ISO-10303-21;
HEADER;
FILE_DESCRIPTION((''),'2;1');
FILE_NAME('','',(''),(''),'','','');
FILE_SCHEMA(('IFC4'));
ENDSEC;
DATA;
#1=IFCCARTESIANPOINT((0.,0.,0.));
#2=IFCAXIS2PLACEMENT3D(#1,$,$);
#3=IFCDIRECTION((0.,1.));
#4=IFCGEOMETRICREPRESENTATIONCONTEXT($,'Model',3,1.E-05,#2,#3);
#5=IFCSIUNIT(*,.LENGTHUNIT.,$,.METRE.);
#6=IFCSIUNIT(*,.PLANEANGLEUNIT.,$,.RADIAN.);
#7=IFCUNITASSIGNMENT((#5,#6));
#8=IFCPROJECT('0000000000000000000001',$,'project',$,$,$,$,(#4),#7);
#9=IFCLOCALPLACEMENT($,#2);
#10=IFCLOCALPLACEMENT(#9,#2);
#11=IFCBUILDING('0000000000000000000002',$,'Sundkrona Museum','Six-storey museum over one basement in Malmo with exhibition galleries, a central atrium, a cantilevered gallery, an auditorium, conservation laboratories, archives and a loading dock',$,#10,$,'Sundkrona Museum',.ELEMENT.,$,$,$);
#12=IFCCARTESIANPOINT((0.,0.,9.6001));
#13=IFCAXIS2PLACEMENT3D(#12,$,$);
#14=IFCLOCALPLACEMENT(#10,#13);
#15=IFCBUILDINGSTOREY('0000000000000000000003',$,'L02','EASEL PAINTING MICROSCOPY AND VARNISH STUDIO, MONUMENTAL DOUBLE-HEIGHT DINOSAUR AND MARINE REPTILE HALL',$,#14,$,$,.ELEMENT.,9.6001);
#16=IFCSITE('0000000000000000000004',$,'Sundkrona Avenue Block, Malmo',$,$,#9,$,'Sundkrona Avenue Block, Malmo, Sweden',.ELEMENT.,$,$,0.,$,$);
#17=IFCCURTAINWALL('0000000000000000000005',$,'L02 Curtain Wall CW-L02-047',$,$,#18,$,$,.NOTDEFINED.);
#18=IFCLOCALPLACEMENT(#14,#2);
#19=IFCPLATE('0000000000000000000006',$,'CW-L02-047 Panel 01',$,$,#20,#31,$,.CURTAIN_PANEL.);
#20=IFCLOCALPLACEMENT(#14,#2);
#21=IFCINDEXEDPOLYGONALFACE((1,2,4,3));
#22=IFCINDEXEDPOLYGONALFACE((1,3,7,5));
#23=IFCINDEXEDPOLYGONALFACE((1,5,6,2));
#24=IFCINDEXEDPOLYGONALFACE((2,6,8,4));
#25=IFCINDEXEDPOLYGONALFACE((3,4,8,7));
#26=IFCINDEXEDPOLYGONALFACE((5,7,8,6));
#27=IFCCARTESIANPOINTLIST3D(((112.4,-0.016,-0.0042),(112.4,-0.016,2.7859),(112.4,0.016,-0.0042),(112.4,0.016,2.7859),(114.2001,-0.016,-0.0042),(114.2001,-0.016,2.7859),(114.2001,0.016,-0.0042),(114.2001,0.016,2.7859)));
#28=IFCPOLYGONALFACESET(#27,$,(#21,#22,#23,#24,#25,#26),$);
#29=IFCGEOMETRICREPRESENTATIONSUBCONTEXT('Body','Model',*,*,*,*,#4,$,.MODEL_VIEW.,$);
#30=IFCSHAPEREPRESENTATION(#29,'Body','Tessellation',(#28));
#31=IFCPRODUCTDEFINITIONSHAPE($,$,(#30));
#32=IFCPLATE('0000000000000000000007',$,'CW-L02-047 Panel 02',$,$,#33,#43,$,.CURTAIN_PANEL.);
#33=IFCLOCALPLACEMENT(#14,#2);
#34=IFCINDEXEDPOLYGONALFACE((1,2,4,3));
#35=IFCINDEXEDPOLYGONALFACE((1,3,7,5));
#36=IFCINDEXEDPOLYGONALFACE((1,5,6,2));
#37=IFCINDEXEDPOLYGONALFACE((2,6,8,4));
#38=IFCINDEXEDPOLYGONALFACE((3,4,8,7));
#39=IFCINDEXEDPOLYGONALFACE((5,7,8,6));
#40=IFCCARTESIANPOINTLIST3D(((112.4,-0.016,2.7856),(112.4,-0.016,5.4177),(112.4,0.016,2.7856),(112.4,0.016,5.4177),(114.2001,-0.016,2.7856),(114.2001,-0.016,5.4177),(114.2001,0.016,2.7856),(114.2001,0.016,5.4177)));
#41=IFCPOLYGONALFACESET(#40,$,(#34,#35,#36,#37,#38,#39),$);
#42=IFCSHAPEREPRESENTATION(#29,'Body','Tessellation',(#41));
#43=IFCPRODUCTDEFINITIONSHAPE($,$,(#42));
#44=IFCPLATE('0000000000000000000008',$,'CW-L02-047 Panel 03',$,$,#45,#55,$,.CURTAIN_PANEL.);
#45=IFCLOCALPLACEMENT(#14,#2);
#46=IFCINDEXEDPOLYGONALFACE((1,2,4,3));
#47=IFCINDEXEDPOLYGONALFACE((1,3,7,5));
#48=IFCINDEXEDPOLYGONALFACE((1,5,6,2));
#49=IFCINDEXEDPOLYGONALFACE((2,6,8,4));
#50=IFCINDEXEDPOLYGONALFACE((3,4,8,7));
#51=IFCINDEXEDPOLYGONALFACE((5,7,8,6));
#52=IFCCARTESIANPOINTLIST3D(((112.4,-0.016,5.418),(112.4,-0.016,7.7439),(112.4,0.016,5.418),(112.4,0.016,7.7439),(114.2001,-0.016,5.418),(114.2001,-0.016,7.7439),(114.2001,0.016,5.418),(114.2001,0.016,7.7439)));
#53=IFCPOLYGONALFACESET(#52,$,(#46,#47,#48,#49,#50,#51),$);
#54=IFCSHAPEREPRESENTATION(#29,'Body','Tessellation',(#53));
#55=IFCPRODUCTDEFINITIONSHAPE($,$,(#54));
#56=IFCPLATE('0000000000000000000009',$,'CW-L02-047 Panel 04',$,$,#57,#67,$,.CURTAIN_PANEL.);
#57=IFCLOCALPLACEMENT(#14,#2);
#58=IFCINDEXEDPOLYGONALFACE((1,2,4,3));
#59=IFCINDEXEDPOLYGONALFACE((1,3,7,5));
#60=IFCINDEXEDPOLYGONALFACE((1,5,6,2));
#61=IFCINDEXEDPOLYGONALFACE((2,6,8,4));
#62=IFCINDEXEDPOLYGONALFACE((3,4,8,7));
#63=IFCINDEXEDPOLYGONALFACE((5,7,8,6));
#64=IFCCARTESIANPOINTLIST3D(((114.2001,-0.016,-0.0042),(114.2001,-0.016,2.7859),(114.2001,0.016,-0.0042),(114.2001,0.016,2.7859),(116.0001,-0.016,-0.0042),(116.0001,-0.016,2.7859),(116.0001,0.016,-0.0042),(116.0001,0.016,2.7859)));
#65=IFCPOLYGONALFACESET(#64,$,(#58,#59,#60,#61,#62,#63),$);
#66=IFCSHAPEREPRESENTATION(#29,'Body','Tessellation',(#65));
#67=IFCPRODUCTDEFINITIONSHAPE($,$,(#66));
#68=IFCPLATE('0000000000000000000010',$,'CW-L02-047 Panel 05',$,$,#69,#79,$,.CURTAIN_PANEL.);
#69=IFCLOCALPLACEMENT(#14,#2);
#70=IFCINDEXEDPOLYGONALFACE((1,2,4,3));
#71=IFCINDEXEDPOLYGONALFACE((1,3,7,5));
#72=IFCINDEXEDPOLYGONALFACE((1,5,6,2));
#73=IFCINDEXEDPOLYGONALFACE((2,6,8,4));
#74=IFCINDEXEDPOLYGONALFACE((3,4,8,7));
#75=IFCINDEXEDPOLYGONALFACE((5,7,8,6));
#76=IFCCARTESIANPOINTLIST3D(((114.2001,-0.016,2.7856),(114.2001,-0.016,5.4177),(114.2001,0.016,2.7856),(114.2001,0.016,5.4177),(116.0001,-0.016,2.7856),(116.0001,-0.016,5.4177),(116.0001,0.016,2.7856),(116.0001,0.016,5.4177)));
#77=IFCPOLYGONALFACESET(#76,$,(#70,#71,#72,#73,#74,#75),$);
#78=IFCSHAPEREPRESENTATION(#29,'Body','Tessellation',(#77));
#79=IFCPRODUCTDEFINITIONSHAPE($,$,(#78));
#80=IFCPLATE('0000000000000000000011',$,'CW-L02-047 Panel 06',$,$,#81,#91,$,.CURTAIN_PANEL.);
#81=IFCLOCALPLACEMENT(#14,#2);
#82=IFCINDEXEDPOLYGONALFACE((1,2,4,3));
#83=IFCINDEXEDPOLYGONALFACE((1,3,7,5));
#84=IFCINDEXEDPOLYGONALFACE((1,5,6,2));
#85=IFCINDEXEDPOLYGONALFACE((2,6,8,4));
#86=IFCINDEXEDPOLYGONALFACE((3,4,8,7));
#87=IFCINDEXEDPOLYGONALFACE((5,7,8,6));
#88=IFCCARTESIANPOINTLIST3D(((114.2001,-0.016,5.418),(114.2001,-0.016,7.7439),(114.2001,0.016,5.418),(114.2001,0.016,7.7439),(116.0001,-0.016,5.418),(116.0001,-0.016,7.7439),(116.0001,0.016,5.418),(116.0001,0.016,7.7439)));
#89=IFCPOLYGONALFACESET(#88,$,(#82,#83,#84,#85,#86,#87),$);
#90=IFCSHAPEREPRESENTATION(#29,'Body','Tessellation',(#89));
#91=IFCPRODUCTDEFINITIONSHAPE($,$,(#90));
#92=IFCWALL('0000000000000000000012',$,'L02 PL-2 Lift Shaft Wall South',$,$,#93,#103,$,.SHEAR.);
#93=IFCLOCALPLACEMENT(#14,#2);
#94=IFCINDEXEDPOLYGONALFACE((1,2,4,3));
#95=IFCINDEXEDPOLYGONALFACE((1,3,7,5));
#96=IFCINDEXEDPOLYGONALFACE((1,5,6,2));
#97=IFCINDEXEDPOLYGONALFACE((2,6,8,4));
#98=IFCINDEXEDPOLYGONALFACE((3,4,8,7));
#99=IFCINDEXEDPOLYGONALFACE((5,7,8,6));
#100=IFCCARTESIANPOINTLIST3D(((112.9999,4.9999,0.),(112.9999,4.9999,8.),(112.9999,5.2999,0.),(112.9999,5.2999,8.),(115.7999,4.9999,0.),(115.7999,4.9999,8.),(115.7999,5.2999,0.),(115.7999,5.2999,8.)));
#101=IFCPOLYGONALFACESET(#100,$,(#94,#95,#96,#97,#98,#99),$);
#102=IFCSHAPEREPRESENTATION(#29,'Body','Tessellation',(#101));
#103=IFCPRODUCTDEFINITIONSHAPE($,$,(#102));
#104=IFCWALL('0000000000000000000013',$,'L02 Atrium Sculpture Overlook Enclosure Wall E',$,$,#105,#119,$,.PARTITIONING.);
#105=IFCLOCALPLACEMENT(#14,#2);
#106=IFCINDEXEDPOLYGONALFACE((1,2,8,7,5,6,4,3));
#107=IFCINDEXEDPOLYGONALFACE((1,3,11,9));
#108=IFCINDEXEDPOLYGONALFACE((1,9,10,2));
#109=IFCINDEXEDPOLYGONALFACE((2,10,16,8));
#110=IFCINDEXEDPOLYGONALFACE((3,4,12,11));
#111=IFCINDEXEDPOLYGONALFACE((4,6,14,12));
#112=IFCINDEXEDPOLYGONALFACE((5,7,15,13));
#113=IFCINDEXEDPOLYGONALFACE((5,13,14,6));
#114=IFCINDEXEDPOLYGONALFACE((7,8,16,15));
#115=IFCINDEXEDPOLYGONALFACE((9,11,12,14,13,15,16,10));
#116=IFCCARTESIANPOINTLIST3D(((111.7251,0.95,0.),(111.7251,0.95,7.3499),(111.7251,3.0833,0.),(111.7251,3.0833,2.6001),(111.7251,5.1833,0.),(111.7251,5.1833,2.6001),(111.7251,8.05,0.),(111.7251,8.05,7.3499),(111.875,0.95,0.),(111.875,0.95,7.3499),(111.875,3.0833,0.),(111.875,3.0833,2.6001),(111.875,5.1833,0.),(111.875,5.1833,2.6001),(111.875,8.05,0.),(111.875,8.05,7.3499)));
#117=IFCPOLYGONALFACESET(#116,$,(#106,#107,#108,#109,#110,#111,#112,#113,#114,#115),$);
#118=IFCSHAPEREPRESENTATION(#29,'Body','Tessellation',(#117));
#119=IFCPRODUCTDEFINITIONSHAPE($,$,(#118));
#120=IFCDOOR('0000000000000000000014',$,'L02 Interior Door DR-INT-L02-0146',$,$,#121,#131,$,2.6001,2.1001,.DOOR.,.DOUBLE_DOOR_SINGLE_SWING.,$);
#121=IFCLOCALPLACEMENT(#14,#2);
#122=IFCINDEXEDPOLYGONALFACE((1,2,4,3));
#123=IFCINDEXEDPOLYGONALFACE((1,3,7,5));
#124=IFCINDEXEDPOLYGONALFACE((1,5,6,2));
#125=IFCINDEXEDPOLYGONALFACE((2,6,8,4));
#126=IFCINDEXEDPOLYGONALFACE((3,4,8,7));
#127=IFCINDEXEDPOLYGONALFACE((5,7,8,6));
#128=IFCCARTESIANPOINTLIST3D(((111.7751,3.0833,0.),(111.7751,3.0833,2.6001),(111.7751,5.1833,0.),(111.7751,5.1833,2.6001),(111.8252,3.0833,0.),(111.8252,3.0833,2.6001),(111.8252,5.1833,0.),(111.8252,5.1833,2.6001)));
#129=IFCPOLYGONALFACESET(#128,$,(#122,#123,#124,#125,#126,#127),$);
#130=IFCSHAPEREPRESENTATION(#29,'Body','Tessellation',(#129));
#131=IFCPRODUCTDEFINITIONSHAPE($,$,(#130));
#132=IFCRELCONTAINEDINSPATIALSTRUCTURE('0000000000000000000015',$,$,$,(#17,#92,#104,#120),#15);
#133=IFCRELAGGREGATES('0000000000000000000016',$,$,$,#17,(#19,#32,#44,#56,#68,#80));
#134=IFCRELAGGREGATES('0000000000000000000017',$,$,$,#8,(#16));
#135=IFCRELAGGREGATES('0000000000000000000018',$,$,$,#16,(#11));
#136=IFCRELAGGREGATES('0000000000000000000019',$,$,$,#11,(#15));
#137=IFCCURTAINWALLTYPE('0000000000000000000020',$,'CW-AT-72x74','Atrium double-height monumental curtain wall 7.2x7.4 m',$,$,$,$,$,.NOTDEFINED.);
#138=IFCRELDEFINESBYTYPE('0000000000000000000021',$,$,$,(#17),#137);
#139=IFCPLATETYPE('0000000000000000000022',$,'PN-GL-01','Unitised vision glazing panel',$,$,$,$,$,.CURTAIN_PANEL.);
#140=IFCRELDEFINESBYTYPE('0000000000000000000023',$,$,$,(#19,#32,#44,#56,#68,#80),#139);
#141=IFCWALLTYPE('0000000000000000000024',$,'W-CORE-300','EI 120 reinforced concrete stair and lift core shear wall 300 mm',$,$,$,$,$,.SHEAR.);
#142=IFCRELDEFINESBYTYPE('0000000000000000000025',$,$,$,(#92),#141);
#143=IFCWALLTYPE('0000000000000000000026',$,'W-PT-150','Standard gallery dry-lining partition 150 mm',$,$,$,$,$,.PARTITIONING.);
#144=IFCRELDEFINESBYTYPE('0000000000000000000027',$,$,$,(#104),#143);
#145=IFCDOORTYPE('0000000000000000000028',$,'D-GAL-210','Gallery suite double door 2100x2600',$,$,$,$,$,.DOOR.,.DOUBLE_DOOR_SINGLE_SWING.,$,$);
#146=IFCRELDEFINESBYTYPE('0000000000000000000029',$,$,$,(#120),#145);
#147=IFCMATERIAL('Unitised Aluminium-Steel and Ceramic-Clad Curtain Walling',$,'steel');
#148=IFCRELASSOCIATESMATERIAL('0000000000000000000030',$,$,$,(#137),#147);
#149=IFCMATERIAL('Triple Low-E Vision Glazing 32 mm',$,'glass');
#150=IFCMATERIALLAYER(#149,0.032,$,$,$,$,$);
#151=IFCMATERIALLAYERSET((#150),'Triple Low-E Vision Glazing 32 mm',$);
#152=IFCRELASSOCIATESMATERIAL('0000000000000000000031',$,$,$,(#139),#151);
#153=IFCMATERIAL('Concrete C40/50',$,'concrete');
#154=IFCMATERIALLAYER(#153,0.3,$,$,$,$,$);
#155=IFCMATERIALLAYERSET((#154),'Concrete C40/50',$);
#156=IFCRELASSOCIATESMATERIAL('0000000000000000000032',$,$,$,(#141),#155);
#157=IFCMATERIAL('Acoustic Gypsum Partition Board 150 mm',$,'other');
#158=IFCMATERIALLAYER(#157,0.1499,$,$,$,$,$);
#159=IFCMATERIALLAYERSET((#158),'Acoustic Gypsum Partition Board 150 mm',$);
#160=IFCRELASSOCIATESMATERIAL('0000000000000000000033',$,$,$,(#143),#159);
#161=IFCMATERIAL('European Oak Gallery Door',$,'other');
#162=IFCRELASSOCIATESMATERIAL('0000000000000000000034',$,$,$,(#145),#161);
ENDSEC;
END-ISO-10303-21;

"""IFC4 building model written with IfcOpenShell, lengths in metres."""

from ifc_helpers import new_model, si_unit, direction, frame, frame_2d, origin, origin_2d, place, context, subcontext, project, spatial, rectangle, extrude, material, layer, layer_set, type_object, element, fill, aggregate, save


model = new_model("IFC4")

# Units and contexts
model_context = context("Model", 3, precision=1e-05, world=origin(), true_north=direction((0.0, 1.0)))
body_context = subcontext(model_context, "Body", "Model", "MODEL_VIEW")
ifc_project = project(units=[si_unit("LENGTHUNIT", "METRE"), si_unit("PLANEANGLEUNIT", "RADIAN")], contexts=[model_context])

# Site, building, storey
site_placement = place(None, origin())
site = spatial("IfcSite", under=ifc_project, at=site_placement, Name="Sundkrona Avenue Block, Malmo", LongName="Sundkrona Avenue Block, Malmo, Sweden", CompositionType="ELEMENT", RefElevation=0.0)
building_placement = place(site_placement, origin())
building = spatial("IfcBuilding", under=site, at=building_placement, Name="Sundkrona Museum", Description="Six-storey museum over one basement in Malmo with exhibition galleries, a central atrium, a cantilevered gallery, an auditorium, conservation laboratories, archives and a loading dock", LongName="Sundkrona Museum", CompositionType="ELEMENT")
storey_placement = place(building_placement, frame((0.0, 0.0, 9.6001)))
storey = spatial("IfcBuildingStorey", under=building, at=storey_placement, Name="L02", Description="EASEL PAINTING MICROSCOPY AND VARNISH STUDIO, MONUMENTAL DOUBLE-HEIGHT DINOSAUR AND MARINE REPTILE HALL", CompositionType="ELEMENT", Elevation=9.6001)

# Shared definitions
ifc_material_1 = material(Name="Unitised Aluminium-Steel and Ceramic-Clad Curtain Walling", Category="steel")
curtain_wall_type = type_object("IfcCurtainWallType", Name="CW-AT-72x74", Description="Atrium double-height monumental curtain wall 7.2x7.4 m", PredefinedType="NOTDEFINED", material=ifc_material_1)

# Curtain wall
curtain_wall_1_placement = place(storey_placement, origin())
curtain_wall_1 = element("IfcCurtainWall", 1, at=curtain_wall_1_placement, inside=storey, type_object=curtain_wall_type, Name="L02 Curtain Wall CW-L02-047", PredefinedType="NOTDEFINED")

# Plates
ifc_material_2 = material(Name="Triple Low-E Vision Glazing 32 mm", Category="glass")
ifc_layer_1 = layer(ifc_material_2, 0.032)
ifc_layer_set_1 = layer_set([ifc_layer_1], Name="Triple Low-E Vision Glazing 32 mm")
plate_type = type_object("IfcPlateType", Name="PN-GL-01", Description="Unitised vision glazing panel", PredefinedType="CURTAIN_PANEL", material=ifc_layer_set_1)
plate_1_placement = place(storey_placement, frame((113.3, 0.0, -0.0042), z_axis=(0.0, 0.0, 1.0), x_axis=(1.0, 0.0, 0.0)))
plate_1 = element("IfcPlate", 2, at=plate_1_placement, type_object=plate_type, Name="CW-L02-047 Panel 01", PredefinedType="CURTAIN_PANEL", context=body_context, shape_type="SweptSolid", body=[
    extrude(rectangle(XDim=1.8, YDim=0.032, at=origin_2d()), origin(), (0.0, 0.0, 1.0), 2.79),
])
plate_2_placement = place(storey_placement, frame((113.3, 0.0, 2.7856), z_axis=(0.0, 0.0, 1.0), x_axis=(1.0, 0.0, 0.0)))
plate_2 = element("IfcPlate", 3, at=plate_2_placement, type_object=plate_type, Name="CW-L02-047 Panel 02", PredefinedType="CURTAIN_PANEL", context=body_context, shape_type="SweptSolid", body=[
    extrude(rectangle(XDim=1.8, YDim=0.032, at=origin_2d()), origin(), (0.0, 0.0, 1.0), 2.6321),
])
plate_3_placement = place(storey_placement, frame((113.3, 0.0, 5.418), z_axis=(0.0, 0.0, 1.0), x_axis=(1.0, 0.0, 0.0)))
plate_3 = element("IfcPlate", 4, at=plate_3_placement, type_object=plate_type, Name="CW-L02-047 Panel 03", PredefinedType="CURTAIN_PANEL", context=body_context, shape_type="SweptSolid", body=[
    extrude(rectangle(XDim=1.8, YDim=0.032, at=origin_2d()), origin(), (0.0, 0.0, 1.0), 2.3259),
])
plate_4_placement = place(storey_placement, frame((115.1001, 0.0, -0.0042), z_axis=(0.0, 0.0, 1.0), x_axis=(1.0, 0.0, 0.0)))
plate_4 = element("IfcPlate", 5, at=plate_4_placement, type_object=plate_type, Name="CW-L02-047 Panel 04", PredefinedType="CURTAIN_PANEL", context=body_context, shape_type="SweptSolid", body=[
    extrude(rectangle(XDim=1.8, YDim=0.032, at=origin_2d()), origin(), (0.0, 0.0, 1.0), 2.79),
])
plate_5_placement = place(storey_placement, frame((115.1001, 0.0, 2.7856), z_axis=(0.0, 0.0, 1.0), x_axis=(1.0, 0.0, 0.0)))
plate_5 = element("IfcPlate", 6, at=plate_5_placement, type_object=plate_type, Name="CW-L02-047 Panel 05", PredefinedType="CURTAIN_PANEL", context=body_context, shape_type="SweptSolid", body=[
    extrude(rectangle(XDim=1.8, YDim=0.032, at=origin_2d()), origin(), (0.0, 0.0, 1.0), 2.6321),
])
plate_6_placement = place(storey_placement, frame((115.1001, 0.0, 5.418), z_axis=(0.0, 0.0, 1.0), x_axis=(1.0, 0.0, 0.0)))
plate_6 = element("IfcPlate", 7, at=plate_6_placement, type_object=plate_type, Name="CW-L02-047 Panel 06", PredefinedType="CURTAIN_PANEL", context=body_context, shape_type="SweptSolid", body=[
    extrude(rectangle(XDim=1.8, YDim=0.032, at=origin_2d()), origin(), (0.0, 0.0, 1.0), 2.3259),
])
aggregate(curtain_wall_1, [plate_1, plate_2, plate_3, plate_4, plate_5, plate_6])

# Wall
ifc_material_3 = material(Name="Concrete C40/50", Category="concrete")
ifc_layer_2 = layer(ifc_material_3, 0.3)
ifc_layer_set_2 = layer_set([ifc_layer_2], Name="Concrete C40/50")
wall_type_1 = type_object("IfcWallType", Name="W-CORE-300", Description="EI 120 reinforced concrete stair and lift core shear wall 300 mm", PredefinedType="SHEAR", material=ifc_layer_set_2)
wall_1_placement = place(storey_placement, frame((113.0, 5.1499, 0.0), z_axis=(0.0, 0.0, 1.0), x_axis=(1.0, 0.0, 0.0)))
element("IfcWall", 8, at=wall_1_placement, inside=storey, type_object=wall_type_1, Name="L02 PL-2 Lift Shaft Wall South", PredefinedType="SHEAR", context=body_context, shape_type="SweptSolid", body=[
    extrude(rectangle(XDim=2.8, YDim=0.3, at=frame_2d((1.3999, 0.0))), origin(), (0.0, 0.0, 1.0), 8.0),
])

# Wall, opening, door
ifc_material_4 = material(Name="Acoustic Gypsum Partition Board 150 mm", Category="other")
ifc_layer_3 = layer(ifc_material_4, 0.1499)
ifc_layer_set_3 = layer_set([ifc_layer_3], Name="Acoustic Gypsum Partition Board 150 mm")
wall_type_2 = type_object("IfcWallType", Name="W-PT-150", Description="Standard gallery dry-lining partition 150 mm", PredefinedType="PARTITIONING", material=ifc_layer_set_3)
wall_2_placement = place(storey_placement, frame((111.8, 0.95, 0.0), z_axis=(0.0, 0.0, 1.0), x_axis=(0.0, 1.0, 0.0)))
wall_2 = element("IfcWall", 9, at=wall_2_placement, inside=storey, type_object=wall_type_2, Name="L02 Atrium Sculpture Overlook Enclosure Wall E", PredefinedType="PARTITIONING", context=body_context, shape_type="SweptSolid", body=[
    extrude(rectangle(XDim=7.1001, YDim=0.1499, at=frame_2d((3.55, 0.0))), origin(), (0.0, 0.0, 1.0), 7.3499),
])
opening_placement = place(wall_2_placement, frame((2.1333, 0.0, 0.0)))
opening = element("IfcOpeningElement", 10, at=opening_placement, cuts=wall_2, PredefinedType="OPENING", context=body_context, shape_type="SweptSolid", body=[
    extrude(rectangle(XDim=2.1001, YDim=2.6001, at=frame_2d((1.05, 1.3))), frame((0.0, 0.085, 0.0), z_axis=(0.0, -1.0, 0.0), x_axis=(1.0, 0.0, 0.0)), (0.0, 0.0, 1.0), 0.1699),
])
ifc_material_5 = material(Name="European Oak Gallery Door", Category="other")
door_type = type_object("IfcDoorType", Name="D-GAL-210", Description="Gallery suite double door 2100x2600", OperationType="DOUBLE_DOOR_SINGLE_SWING", PredefinedType="DOOR", material=ifc_material_5)
door_placement = place(opening_placement, origin())
door = element("IfcDoor", 11, at=door_placement, inside=storey, type_object=door_type, Name="L02 Interior Door DR-INT-L02-0146", OperationType="DOUBLE_DOOR_SINGLE_SWING", OverallHeight=2.6001, OverallWidth=2.1001, PredefinedType="DOOR", context=body_context, shape_type="SweptSolid", body=[
    extrude(rectangle(XDim=2.1001, YDim=2.6001, at=frame_2d((1.05, 1.3))), frame((0.0, 0.0249, 0.0), z_axis=(0.0, -1.0, 0.0), x_axis=(1.0, 0.0, 0.0)), (0.0, 0.0, 1.0), 0.05),
])
fill(opening, door)

save(model, "model.ifc")
